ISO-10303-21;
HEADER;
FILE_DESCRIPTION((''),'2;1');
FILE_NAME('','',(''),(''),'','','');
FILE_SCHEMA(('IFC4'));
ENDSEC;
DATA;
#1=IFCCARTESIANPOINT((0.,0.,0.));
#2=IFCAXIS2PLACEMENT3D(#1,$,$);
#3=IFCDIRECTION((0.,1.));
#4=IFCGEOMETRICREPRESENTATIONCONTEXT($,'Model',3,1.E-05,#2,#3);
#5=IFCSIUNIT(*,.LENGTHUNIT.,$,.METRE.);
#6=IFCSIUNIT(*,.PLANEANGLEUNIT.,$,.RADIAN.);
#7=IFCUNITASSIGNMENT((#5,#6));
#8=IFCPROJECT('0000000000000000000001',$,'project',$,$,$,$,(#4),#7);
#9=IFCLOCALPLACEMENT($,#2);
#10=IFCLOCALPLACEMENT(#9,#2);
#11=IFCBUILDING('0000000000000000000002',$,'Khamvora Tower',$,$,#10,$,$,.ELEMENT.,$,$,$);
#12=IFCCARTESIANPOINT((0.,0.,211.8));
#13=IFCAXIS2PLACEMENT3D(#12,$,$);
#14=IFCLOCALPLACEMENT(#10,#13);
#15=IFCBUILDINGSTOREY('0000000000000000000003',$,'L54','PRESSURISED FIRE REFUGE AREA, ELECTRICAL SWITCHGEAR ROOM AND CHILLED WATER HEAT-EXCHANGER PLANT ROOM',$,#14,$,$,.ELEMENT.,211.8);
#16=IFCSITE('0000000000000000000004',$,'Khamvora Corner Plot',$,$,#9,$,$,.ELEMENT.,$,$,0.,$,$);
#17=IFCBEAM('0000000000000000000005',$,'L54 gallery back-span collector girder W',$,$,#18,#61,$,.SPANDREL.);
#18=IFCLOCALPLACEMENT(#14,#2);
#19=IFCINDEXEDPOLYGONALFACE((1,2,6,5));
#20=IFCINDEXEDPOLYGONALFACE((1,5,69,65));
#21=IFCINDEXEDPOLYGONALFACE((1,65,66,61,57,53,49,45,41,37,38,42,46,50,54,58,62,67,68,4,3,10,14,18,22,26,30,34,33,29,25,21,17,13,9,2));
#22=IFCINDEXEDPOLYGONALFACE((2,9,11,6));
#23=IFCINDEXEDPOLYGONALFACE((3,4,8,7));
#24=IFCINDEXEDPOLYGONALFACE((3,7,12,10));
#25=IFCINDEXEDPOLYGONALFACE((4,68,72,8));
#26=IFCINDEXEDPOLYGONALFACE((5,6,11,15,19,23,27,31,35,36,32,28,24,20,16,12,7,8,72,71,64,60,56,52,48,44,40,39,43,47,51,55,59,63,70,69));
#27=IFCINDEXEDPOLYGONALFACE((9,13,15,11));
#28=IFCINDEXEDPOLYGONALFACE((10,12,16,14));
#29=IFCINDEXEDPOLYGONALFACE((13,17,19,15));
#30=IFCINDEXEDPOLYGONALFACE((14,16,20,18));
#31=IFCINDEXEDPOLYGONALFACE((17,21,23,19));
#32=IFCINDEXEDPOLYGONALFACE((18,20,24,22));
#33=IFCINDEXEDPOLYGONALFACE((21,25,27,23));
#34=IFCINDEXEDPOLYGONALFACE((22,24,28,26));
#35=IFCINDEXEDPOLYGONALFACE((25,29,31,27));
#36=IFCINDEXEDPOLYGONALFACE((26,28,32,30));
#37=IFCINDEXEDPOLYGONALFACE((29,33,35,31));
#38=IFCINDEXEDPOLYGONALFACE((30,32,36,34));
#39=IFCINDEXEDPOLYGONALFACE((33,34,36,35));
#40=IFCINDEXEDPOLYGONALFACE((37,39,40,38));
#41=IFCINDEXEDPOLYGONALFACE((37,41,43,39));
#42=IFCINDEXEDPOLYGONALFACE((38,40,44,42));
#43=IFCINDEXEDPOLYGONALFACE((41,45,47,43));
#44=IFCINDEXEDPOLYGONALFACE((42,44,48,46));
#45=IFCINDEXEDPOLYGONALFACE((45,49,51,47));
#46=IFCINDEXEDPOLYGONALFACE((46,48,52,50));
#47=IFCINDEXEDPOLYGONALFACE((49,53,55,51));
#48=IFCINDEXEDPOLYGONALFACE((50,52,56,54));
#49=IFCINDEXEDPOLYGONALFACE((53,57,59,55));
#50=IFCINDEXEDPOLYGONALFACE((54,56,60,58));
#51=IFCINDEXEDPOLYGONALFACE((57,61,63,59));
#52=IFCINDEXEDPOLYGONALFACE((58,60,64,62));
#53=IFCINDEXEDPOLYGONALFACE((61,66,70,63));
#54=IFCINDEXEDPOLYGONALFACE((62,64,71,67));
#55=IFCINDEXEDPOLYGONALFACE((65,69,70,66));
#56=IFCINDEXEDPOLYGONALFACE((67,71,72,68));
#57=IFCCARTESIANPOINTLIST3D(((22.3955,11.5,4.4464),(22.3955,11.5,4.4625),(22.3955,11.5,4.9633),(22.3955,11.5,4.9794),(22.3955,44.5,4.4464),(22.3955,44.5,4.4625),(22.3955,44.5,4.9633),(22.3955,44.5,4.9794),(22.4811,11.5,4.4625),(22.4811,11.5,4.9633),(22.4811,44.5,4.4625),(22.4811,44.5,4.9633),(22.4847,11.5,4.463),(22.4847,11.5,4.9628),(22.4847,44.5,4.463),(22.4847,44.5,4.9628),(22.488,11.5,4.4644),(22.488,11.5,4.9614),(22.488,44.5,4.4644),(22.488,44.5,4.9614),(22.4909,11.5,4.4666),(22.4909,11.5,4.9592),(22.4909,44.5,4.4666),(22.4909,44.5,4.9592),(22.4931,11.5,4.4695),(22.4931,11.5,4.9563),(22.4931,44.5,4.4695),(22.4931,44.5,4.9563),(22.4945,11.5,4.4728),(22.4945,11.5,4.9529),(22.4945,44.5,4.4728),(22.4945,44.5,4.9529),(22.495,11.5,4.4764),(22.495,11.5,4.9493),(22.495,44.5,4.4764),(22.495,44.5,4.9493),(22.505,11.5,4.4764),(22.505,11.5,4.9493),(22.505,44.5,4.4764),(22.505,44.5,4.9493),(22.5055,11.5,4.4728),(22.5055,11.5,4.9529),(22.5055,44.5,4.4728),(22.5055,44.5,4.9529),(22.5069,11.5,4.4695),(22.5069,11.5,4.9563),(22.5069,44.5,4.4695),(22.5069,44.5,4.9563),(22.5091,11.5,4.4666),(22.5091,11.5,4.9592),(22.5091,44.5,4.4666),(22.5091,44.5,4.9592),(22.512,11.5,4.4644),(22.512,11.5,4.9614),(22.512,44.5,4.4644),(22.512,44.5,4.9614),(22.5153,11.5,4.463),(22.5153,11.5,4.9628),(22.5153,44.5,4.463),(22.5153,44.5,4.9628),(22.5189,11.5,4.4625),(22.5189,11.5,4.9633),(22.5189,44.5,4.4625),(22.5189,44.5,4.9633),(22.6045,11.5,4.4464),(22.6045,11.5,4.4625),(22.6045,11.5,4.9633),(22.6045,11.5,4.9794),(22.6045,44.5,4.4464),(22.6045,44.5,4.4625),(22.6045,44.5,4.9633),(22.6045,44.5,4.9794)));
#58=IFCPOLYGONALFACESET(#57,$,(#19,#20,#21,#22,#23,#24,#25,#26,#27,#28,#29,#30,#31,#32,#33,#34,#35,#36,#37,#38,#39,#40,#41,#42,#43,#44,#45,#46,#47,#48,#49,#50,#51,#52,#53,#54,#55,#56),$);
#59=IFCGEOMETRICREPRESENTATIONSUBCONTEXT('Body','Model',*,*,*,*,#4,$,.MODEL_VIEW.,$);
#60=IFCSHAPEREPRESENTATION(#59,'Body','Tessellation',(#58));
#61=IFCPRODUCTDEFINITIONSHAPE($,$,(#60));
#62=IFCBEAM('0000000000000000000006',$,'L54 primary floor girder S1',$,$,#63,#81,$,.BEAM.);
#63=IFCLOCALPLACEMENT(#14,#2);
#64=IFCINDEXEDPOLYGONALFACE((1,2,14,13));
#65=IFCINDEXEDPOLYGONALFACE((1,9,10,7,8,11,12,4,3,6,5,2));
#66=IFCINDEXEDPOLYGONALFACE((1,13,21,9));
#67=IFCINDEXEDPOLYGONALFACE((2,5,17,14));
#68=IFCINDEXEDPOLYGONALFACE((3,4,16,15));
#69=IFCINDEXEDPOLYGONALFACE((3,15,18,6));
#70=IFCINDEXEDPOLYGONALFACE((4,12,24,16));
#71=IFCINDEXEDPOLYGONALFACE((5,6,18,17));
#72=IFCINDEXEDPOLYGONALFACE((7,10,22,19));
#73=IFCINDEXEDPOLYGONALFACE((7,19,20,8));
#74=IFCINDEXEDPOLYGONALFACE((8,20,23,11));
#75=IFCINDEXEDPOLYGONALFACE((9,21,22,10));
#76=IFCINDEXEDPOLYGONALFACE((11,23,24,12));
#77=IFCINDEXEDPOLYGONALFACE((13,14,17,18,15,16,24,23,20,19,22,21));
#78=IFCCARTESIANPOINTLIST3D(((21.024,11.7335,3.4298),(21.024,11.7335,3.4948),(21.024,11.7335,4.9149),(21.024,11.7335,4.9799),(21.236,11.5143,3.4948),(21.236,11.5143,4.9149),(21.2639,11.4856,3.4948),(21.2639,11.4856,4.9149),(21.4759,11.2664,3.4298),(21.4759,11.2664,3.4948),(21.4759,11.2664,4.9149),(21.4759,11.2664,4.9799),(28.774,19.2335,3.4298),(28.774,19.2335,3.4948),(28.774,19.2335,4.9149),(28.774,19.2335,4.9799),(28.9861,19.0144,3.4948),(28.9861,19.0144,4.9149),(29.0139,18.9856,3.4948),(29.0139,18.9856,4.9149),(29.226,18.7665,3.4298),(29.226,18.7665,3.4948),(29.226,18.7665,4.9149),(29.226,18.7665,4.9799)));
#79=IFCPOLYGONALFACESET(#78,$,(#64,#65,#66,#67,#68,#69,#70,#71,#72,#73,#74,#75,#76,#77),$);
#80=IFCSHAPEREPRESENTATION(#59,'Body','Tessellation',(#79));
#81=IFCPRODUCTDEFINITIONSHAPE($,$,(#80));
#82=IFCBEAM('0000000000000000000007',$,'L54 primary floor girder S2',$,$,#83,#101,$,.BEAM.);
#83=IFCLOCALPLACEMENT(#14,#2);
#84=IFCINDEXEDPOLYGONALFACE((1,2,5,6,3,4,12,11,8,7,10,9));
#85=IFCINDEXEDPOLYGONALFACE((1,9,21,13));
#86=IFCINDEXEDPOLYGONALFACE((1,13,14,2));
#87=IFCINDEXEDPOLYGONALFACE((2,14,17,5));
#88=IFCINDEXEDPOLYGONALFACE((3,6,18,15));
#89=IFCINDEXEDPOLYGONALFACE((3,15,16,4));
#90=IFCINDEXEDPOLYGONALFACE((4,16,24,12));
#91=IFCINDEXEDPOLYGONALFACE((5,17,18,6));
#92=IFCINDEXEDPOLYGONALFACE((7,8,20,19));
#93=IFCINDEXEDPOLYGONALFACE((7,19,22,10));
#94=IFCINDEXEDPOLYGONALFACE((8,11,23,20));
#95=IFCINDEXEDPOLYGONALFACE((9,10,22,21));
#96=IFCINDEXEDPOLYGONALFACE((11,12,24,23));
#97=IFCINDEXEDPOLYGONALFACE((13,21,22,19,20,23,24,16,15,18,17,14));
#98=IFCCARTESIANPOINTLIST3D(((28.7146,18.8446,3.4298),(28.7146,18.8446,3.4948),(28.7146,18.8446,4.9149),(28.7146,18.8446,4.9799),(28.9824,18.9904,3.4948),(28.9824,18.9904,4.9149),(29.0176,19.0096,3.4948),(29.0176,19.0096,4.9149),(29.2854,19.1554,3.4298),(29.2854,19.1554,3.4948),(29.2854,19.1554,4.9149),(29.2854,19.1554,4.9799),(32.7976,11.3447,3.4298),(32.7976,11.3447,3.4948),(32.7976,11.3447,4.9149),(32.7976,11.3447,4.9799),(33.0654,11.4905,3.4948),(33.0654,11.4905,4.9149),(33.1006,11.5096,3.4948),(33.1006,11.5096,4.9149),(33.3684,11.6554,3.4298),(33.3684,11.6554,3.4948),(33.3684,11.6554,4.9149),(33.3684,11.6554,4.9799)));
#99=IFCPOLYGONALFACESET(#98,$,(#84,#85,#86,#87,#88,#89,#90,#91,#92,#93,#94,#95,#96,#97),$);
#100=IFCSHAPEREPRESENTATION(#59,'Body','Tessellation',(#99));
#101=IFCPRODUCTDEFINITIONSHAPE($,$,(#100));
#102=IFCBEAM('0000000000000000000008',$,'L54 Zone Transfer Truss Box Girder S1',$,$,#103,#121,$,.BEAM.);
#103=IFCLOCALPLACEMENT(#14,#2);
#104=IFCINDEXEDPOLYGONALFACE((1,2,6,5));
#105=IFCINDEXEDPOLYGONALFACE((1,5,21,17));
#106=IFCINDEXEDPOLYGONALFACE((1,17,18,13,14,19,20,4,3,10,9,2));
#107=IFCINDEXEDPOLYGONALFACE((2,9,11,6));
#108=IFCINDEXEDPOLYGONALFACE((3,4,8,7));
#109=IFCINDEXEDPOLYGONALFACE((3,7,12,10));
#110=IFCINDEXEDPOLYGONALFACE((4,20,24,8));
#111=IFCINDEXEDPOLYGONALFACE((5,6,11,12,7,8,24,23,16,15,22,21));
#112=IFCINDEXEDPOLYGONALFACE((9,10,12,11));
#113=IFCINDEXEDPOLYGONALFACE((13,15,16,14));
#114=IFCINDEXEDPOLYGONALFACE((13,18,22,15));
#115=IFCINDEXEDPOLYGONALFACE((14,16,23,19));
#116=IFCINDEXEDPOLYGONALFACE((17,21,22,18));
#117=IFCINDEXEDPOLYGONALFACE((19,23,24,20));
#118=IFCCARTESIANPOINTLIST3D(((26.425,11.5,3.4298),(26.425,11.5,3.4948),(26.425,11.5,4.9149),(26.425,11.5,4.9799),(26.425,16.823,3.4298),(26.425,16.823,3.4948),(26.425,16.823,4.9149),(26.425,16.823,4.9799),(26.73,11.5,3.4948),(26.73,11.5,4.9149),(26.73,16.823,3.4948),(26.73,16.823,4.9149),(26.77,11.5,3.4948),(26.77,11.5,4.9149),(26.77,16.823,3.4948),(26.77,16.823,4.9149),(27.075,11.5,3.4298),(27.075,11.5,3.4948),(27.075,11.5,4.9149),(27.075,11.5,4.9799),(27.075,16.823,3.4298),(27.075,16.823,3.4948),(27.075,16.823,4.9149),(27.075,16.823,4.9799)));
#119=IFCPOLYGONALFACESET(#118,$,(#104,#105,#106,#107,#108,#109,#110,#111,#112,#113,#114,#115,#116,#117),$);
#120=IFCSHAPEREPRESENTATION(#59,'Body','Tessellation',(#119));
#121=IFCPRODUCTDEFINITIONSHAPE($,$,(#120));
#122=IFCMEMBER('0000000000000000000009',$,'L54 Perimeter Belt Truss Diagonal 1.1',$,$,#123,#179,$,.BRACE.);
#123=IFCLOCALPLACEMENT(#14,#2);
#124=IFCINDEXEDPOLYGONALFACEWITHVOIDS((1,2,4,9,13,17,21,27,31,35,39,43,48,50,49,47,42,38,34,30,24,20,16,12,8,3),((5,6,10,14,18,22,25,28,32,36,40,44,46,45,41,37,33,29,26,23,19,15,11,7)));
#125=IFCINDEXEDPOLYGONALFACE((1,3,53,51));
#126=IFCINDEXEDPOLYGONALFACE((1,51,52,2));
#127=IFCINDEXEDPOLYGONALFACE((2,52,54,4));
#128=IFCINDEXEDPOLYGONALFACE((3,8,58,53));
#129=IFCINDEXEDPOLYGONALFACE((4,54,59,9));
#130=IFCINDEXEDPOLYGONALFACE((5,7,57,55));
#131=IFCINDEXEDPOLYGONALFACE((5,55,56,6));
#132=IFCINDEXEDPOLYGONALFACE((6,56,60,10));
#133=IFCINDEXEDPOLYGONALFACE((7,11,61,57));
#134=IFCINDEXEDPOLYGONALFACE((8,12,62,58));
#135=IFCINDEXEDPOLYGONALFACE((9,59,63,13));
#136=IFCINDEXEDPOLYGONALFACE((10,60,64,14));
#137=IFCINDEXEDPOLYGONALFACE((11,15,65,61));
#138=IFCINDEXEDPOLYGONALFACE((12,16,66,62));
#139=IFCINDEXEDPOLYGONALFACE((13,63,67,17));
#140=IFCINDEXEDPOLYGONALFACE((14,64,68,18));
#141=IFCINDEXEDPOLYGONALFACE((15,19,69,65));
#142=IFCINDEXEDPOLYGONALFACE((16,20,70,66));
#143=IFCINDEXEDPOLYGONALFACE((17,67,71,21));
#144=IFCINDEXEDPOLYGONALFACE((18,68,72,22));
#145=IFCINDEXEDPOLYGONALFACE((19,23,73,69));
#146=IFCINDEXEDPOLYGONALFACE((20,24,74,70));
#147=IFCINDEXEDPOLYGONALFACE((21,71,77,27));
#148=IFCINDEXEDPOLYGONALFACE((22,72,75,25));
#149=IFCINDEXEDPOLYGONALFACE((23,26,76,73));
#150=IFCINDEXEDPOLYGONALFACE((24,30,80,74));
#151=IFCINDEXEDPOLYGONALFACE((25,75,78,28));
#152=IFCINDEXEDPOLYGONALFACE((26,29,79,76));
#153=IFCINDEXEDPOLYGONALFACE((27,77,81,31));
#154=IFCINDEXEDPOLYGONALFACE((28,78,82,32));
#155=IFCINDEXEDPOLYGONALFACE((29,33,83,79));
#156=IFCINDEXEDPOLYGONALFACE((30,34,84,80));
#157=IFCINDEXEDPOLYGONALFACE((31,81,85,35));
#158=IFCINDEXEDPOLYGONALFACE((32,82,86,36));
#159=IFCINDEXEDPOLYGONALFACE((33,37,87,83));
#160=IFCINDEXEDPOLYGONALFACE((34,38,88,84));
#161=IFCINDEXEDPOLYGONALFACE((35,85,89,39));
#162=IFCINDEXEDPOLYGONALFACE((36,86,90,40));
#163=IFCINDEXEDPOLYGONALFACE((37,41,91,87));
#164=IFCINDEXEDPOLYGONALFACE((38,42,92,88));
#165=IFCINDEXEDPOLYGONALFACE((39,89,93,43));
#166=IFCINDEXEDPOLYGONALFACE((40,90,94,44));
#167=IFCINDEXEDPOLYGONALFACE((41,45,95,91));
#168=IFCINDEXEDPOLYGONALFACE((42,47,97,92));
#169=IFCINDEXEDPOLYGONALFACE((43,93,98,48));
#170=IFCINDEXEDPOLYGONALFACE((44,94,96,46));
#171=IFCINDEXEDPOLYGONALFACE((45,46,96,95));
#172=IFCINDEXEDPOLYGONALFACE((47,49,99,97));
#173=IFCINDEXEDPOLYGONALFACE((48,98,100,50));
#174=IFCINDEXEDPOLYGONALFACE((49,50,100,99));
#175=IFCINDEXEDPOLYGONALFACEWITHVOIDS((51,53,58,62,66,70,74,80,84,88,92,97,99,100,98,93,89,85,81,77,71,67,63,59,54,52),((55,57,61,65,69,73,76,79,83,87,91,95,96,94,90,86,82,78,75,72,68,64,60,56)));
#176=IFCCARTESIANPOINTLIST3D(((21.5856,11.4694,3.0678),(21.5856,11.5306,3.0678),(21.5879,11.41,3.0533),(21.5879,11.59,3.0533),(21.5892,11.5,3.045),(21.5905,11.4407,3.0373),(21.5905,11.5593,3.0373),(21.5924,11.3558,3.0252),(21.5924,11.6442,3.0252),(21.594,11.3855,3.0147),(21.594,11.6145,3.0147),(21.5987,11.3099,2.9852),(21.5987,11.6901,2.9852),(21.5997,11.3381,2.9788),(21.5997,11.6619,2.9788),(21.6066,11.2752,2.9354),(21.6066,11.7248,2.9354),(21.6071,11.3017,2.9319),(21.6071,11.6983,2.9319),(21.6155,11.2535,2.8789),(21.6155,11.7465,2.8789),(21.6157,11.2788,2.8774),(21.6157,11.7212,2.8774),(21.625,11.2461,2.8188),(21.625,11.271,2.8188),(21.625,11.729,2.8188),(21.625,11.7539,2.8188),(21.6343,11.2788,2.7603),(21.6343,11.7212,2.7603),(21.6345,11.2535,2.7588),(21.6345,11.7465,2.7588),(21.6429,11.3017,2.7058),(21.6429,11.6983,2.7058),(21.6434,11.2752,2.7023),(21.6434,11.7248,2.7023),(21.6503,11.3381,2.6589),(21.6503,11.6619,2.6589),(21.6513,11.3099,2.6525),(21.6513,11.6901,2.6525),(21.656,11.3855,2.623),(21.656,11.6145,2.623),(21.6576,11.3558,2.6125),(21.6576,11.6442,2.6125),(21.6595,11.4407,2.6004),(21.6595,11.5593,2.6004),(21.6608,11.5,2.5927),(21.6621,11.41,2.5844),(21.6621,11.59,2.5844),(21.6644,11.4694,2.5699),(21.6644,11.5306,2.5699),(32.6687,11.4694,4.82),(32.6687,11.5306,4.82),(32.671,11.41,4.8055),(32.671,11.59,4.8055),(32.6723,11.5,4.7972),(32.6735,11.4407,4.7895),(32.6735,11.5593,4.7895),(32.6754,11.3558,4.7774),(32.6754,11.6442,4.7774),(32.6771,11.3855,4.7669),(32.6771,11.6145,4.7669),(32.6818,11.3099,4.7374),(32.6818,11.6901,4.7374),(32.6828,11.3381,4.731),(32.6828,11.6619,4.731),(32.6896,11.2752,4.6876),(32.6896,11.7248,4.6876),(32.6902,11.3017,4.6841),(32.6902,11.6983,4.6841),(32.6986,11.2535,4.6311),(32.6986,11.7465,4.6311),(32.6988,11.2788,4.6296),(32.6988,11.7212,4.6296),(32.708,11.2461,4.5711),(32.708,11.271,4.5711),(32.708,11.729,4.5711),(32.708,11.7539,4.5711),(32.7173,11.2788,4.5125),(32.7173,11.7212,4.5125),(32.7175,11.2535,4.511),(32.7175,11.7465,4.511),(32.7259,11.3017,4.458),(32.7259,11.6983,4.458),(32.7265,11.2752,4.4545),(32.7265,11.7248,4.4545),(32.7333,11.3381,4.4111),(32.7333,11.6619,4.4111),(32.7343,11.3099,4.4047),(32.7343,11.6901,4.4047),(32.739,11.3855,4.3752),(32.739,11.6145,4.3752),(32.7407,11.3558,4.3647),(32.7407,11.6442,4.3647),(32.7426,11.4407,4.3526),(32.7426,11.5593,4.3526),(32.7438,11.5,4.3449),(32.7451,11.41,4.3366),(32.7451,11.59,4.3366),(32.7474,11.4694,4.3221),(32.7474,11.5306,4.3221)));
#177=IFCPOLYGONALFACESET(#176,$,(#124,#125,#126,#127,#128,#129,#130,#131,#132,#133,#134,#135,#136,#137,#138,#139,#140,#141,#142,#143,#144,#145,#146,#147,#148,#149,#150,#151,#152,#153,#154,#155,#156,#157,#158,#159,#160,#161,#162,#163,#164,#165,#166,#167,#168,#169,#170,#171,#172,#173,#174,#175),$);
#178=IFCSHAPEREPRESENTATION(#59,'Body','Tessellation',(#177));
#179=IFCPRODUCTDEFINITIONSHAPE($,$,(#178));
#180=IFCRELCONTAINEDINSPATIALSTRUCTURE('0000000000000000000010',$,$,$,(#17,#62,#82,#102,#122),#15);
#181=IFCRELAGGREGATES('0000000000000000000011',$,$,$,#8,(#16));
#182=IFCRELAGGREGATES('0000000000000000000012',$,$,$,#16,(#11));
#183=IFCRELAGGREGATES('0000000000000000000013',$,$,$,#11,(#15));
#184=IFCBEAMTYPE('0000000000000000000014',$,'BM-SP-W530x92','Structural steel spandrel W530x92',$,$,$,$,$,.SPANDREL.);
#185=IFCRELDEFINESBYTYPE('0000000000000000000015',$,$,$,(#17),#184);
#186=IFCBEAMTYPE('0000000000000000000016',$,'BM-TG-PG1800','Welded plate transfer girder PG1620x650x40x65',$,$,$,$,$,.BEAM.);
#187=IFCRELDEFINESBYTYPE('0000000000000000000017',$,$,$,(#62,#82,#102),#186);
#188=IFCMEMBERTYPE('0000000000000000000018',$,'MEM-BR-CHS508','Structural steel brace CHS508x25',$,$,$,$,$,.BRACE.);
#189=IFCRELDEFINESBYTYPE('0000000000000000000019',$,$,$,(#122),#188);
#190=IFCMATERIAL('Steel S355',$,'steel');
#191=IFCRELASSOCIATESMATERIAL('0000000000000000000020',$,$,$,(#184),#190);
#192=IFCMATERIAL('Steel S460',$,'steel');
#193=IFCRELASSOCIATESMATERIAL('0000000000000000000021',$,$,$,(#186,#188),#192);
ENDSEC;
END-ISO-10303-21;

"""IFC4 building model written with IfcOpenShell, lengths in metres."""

from ifc_helpers import new_model, si_unit, direction, frame, origin, origin_2d, place, context, subcontext, project, spatial, hollow_circle, i_section, extrude, material, material_profile, profile_set, type_object, element, save


model = new_model("IFC4")

# Units and contexts
model_context = context("Model", 3, precision=1e-05, world=origin(), true_north=direction((0.0, 1.0)))
body_context = subcontext(model_context, "Body", "Model", "MODEL_VIEW")
ifc_project = project(units=[si_unit("LENGTHUNIT", "METRE"), si_unit("PLANEANGLEUNIT", "RADIAN")], contexts=[model_context])

# Site, building, storey
site_placement = place(None, origin())
site = spatial("IfcSite", under=ifc_project, at=site_placement, Name="Khamvora Corner Plot", CompositionType="ELEMENT", RefElevation=0.0)
building_placement = place(site_placement, origin())
building = spatial("IfcBuilding", under=site, at=building_placement, Name="Khamvora Tower", CompositionType="ELEMENT")
storey_placement = place(building_placement, frame((0.0, 0.0, 211.8)))
storey = spatial("IfcBuildingStorey", under=building, at=storey_placement, Name="L54", Description="PRESSURISED FIRE REFUGE AREA, ELECTRICAL SWITCHGEAR ROOM AND CHILLED WATER HEAT-EXCHANGER PLANT ROOM", CompositionType="ELEMENT", Elevation=211.8)

# Shared definitions
ifc_material_1 = material(Name="Steel S460", Category="steel")

# Beams
ifc_material_2 = material(Name="Steel S355", Category="steel")
ifc_material_profile_1 = material_profile(ifc_material_2, i_section(OverallWidth=0.209, OverallDepth=0.533, WebThickness=0.01, FlangeThickness=0.0161, FilletRadius=0.0139, at=origin_2d()), Name="W530x92")
ifc_profile_set_1 = profile_set([ifc_material_profile_1], Name="Steel S355")
beam_type_1 = type_object("IfcBeamType", Name="BM-SP-W530x92", Description="Structural steel spandrel W530x92", PredefinedType="SPANDREL", material=ifc_profile_set_1)
beam_1_placement = place(storey_placement, frame((22.5, 11.5, 4.7129), z_axis=(0.0, 1.0, 0.0), x_axis=(-1.0, 0.0, 0.0)))
element("IfcBeam", 1, at=beam_1_placement, inside=storey, type_object=beam_type_1, Name="L54 gallery back-span collector girder W", PredefinedType="SPANDREL", context=body_context, shape_type="SweptSolid", body=[
    extrude(i_section(OverallWidth=0.209, OverallDepth=0.533, WebThickness=0.01, FlangeThickness=0.0161, FilletRadius=0.0139, at=origin_2d()), origin(), (0.0, 0.0, 1.0), 33.0),
])
ifc_material_profile_2 = material_profile(ifc_material_1, i_section(OverallWidth=0.6499, OverallDepth=1.55, WebThickness=0.04, FlangeThickness=0.0649, at=origin_2d()), Name="PG1550x650x40x65")
ifc_profile_set_2 = profile_set([ifc_material_profile_2], Name="Steel S460")
beam_type_2 = type_object("IfcBeamType", Name="BM-TG-PG1800", Description="Welded plate transfer girder PG1620x650x40x65", PredefinedType="BEAM", material=ifc_profile_set_2)
beam_2_placement = place(storey_placement, frame((29.0, 19.0, 4.2048), z_axis=(-0.718602, -0.695421, 0.0), x_axis=(0.695421, -0.718602, 0.0)))
element("IfcBeam", 2, at=beam_2_placement, inside=storey, type_object=beam_type_2, Name="L54 primary floor girder S1", PredefinedType="BEAM", context=body_context, shape_type="SweptSolid", body=[
    extrude(i_section(OverallWidth=0.6499, OverallDepth=1.55, WebThickness=0.04, FlangeThickness=0.0649, at=origin_2d()), origin(), (0.0, 0.0, 1.0), 10.7849),
])
beam_3_placement = place(storey_placement, frame((29.0, 19.0, 4.2048), z_axis=(0.478139, -0.878284, 0.0), x_axis=(0.878284, 0.478139, 0.0)))
element("IfcBeam", 3, at=beam_3_placement, inside=storey, type_object=beam_type_2, Name="L54 primary floor girder S2", PredefinedType="BEAM", context=body_context, shape_type="SweptSolid", body=[
    extrude(i_section(OverallWidth=0.6499, OverallDepth=1.55, WebThickness=0.04, FlangeThickness=0.0649, at=origin_2d()), origin(), (0.0, 0.0, 1.0), 8.5393),
])
beam_4_placement = place(storey_placement, frame((26.75, 11.5, 4.2048), z_axis=(0.0, 1.0, 0.0), x_axis=(-1.0, 0.0, 0.0)))
element("IfcBeam", 4, at=beam_4_placement, inside=storey, type_object=beam_type_2, Name="L54 Zone Transfer Truss Box Girder S1", PredefinedType="BEAM", context=body_context, shape_type="SweptSolid", body=[
    extrude(i_section(OverallWidth=0.6499, OverallDepth=1.55, WebThickness=0.04, FlangeThickness=0.0649, at=origin_2d()), origin(), (0.0, 0.0, 1.0), 5.323),
])

# Member
ifc_material_profile_3 = material_profile(ifc_material_1, hollow_circle(Radius=0.2539, WallThickness=0.0249, at=origin_2d()), Name="CHS508x25")
ifc_profile_set_3 = profile_set([ifc_material_profile_3], Name="Steel S460")
member_type_1 = type_object("IfcMemberType", Name="MEM-BR-CHS508", Description="Structural steel brace CHS508x25", PredefinedType="BRACE", material=ifc_profile_set_3)
member_1_placement = place(storey_placement, frame((21.625, 11.5, 2.8188), z_axis=(0.987732, 0.0, 0.156158), x_axis=(0.0, 1.0, 0.0)))
element("IfcMember", 5, at=member_1_placement, inside=storey, type_object=member_type_1, Name="L54 Perimeter Belt Truss Diagonal 1.1", PredefinedType="BRACE", context=body_context, shape_type="SweptSolid", body=[
    extrude(hollow_circle(Radius=0.2539, WallThickness=0.0249, at=origin_2d()), origin(), (0.0, 0.0, 1.0), 11.2207),
])

save(model, "model.ifc")
